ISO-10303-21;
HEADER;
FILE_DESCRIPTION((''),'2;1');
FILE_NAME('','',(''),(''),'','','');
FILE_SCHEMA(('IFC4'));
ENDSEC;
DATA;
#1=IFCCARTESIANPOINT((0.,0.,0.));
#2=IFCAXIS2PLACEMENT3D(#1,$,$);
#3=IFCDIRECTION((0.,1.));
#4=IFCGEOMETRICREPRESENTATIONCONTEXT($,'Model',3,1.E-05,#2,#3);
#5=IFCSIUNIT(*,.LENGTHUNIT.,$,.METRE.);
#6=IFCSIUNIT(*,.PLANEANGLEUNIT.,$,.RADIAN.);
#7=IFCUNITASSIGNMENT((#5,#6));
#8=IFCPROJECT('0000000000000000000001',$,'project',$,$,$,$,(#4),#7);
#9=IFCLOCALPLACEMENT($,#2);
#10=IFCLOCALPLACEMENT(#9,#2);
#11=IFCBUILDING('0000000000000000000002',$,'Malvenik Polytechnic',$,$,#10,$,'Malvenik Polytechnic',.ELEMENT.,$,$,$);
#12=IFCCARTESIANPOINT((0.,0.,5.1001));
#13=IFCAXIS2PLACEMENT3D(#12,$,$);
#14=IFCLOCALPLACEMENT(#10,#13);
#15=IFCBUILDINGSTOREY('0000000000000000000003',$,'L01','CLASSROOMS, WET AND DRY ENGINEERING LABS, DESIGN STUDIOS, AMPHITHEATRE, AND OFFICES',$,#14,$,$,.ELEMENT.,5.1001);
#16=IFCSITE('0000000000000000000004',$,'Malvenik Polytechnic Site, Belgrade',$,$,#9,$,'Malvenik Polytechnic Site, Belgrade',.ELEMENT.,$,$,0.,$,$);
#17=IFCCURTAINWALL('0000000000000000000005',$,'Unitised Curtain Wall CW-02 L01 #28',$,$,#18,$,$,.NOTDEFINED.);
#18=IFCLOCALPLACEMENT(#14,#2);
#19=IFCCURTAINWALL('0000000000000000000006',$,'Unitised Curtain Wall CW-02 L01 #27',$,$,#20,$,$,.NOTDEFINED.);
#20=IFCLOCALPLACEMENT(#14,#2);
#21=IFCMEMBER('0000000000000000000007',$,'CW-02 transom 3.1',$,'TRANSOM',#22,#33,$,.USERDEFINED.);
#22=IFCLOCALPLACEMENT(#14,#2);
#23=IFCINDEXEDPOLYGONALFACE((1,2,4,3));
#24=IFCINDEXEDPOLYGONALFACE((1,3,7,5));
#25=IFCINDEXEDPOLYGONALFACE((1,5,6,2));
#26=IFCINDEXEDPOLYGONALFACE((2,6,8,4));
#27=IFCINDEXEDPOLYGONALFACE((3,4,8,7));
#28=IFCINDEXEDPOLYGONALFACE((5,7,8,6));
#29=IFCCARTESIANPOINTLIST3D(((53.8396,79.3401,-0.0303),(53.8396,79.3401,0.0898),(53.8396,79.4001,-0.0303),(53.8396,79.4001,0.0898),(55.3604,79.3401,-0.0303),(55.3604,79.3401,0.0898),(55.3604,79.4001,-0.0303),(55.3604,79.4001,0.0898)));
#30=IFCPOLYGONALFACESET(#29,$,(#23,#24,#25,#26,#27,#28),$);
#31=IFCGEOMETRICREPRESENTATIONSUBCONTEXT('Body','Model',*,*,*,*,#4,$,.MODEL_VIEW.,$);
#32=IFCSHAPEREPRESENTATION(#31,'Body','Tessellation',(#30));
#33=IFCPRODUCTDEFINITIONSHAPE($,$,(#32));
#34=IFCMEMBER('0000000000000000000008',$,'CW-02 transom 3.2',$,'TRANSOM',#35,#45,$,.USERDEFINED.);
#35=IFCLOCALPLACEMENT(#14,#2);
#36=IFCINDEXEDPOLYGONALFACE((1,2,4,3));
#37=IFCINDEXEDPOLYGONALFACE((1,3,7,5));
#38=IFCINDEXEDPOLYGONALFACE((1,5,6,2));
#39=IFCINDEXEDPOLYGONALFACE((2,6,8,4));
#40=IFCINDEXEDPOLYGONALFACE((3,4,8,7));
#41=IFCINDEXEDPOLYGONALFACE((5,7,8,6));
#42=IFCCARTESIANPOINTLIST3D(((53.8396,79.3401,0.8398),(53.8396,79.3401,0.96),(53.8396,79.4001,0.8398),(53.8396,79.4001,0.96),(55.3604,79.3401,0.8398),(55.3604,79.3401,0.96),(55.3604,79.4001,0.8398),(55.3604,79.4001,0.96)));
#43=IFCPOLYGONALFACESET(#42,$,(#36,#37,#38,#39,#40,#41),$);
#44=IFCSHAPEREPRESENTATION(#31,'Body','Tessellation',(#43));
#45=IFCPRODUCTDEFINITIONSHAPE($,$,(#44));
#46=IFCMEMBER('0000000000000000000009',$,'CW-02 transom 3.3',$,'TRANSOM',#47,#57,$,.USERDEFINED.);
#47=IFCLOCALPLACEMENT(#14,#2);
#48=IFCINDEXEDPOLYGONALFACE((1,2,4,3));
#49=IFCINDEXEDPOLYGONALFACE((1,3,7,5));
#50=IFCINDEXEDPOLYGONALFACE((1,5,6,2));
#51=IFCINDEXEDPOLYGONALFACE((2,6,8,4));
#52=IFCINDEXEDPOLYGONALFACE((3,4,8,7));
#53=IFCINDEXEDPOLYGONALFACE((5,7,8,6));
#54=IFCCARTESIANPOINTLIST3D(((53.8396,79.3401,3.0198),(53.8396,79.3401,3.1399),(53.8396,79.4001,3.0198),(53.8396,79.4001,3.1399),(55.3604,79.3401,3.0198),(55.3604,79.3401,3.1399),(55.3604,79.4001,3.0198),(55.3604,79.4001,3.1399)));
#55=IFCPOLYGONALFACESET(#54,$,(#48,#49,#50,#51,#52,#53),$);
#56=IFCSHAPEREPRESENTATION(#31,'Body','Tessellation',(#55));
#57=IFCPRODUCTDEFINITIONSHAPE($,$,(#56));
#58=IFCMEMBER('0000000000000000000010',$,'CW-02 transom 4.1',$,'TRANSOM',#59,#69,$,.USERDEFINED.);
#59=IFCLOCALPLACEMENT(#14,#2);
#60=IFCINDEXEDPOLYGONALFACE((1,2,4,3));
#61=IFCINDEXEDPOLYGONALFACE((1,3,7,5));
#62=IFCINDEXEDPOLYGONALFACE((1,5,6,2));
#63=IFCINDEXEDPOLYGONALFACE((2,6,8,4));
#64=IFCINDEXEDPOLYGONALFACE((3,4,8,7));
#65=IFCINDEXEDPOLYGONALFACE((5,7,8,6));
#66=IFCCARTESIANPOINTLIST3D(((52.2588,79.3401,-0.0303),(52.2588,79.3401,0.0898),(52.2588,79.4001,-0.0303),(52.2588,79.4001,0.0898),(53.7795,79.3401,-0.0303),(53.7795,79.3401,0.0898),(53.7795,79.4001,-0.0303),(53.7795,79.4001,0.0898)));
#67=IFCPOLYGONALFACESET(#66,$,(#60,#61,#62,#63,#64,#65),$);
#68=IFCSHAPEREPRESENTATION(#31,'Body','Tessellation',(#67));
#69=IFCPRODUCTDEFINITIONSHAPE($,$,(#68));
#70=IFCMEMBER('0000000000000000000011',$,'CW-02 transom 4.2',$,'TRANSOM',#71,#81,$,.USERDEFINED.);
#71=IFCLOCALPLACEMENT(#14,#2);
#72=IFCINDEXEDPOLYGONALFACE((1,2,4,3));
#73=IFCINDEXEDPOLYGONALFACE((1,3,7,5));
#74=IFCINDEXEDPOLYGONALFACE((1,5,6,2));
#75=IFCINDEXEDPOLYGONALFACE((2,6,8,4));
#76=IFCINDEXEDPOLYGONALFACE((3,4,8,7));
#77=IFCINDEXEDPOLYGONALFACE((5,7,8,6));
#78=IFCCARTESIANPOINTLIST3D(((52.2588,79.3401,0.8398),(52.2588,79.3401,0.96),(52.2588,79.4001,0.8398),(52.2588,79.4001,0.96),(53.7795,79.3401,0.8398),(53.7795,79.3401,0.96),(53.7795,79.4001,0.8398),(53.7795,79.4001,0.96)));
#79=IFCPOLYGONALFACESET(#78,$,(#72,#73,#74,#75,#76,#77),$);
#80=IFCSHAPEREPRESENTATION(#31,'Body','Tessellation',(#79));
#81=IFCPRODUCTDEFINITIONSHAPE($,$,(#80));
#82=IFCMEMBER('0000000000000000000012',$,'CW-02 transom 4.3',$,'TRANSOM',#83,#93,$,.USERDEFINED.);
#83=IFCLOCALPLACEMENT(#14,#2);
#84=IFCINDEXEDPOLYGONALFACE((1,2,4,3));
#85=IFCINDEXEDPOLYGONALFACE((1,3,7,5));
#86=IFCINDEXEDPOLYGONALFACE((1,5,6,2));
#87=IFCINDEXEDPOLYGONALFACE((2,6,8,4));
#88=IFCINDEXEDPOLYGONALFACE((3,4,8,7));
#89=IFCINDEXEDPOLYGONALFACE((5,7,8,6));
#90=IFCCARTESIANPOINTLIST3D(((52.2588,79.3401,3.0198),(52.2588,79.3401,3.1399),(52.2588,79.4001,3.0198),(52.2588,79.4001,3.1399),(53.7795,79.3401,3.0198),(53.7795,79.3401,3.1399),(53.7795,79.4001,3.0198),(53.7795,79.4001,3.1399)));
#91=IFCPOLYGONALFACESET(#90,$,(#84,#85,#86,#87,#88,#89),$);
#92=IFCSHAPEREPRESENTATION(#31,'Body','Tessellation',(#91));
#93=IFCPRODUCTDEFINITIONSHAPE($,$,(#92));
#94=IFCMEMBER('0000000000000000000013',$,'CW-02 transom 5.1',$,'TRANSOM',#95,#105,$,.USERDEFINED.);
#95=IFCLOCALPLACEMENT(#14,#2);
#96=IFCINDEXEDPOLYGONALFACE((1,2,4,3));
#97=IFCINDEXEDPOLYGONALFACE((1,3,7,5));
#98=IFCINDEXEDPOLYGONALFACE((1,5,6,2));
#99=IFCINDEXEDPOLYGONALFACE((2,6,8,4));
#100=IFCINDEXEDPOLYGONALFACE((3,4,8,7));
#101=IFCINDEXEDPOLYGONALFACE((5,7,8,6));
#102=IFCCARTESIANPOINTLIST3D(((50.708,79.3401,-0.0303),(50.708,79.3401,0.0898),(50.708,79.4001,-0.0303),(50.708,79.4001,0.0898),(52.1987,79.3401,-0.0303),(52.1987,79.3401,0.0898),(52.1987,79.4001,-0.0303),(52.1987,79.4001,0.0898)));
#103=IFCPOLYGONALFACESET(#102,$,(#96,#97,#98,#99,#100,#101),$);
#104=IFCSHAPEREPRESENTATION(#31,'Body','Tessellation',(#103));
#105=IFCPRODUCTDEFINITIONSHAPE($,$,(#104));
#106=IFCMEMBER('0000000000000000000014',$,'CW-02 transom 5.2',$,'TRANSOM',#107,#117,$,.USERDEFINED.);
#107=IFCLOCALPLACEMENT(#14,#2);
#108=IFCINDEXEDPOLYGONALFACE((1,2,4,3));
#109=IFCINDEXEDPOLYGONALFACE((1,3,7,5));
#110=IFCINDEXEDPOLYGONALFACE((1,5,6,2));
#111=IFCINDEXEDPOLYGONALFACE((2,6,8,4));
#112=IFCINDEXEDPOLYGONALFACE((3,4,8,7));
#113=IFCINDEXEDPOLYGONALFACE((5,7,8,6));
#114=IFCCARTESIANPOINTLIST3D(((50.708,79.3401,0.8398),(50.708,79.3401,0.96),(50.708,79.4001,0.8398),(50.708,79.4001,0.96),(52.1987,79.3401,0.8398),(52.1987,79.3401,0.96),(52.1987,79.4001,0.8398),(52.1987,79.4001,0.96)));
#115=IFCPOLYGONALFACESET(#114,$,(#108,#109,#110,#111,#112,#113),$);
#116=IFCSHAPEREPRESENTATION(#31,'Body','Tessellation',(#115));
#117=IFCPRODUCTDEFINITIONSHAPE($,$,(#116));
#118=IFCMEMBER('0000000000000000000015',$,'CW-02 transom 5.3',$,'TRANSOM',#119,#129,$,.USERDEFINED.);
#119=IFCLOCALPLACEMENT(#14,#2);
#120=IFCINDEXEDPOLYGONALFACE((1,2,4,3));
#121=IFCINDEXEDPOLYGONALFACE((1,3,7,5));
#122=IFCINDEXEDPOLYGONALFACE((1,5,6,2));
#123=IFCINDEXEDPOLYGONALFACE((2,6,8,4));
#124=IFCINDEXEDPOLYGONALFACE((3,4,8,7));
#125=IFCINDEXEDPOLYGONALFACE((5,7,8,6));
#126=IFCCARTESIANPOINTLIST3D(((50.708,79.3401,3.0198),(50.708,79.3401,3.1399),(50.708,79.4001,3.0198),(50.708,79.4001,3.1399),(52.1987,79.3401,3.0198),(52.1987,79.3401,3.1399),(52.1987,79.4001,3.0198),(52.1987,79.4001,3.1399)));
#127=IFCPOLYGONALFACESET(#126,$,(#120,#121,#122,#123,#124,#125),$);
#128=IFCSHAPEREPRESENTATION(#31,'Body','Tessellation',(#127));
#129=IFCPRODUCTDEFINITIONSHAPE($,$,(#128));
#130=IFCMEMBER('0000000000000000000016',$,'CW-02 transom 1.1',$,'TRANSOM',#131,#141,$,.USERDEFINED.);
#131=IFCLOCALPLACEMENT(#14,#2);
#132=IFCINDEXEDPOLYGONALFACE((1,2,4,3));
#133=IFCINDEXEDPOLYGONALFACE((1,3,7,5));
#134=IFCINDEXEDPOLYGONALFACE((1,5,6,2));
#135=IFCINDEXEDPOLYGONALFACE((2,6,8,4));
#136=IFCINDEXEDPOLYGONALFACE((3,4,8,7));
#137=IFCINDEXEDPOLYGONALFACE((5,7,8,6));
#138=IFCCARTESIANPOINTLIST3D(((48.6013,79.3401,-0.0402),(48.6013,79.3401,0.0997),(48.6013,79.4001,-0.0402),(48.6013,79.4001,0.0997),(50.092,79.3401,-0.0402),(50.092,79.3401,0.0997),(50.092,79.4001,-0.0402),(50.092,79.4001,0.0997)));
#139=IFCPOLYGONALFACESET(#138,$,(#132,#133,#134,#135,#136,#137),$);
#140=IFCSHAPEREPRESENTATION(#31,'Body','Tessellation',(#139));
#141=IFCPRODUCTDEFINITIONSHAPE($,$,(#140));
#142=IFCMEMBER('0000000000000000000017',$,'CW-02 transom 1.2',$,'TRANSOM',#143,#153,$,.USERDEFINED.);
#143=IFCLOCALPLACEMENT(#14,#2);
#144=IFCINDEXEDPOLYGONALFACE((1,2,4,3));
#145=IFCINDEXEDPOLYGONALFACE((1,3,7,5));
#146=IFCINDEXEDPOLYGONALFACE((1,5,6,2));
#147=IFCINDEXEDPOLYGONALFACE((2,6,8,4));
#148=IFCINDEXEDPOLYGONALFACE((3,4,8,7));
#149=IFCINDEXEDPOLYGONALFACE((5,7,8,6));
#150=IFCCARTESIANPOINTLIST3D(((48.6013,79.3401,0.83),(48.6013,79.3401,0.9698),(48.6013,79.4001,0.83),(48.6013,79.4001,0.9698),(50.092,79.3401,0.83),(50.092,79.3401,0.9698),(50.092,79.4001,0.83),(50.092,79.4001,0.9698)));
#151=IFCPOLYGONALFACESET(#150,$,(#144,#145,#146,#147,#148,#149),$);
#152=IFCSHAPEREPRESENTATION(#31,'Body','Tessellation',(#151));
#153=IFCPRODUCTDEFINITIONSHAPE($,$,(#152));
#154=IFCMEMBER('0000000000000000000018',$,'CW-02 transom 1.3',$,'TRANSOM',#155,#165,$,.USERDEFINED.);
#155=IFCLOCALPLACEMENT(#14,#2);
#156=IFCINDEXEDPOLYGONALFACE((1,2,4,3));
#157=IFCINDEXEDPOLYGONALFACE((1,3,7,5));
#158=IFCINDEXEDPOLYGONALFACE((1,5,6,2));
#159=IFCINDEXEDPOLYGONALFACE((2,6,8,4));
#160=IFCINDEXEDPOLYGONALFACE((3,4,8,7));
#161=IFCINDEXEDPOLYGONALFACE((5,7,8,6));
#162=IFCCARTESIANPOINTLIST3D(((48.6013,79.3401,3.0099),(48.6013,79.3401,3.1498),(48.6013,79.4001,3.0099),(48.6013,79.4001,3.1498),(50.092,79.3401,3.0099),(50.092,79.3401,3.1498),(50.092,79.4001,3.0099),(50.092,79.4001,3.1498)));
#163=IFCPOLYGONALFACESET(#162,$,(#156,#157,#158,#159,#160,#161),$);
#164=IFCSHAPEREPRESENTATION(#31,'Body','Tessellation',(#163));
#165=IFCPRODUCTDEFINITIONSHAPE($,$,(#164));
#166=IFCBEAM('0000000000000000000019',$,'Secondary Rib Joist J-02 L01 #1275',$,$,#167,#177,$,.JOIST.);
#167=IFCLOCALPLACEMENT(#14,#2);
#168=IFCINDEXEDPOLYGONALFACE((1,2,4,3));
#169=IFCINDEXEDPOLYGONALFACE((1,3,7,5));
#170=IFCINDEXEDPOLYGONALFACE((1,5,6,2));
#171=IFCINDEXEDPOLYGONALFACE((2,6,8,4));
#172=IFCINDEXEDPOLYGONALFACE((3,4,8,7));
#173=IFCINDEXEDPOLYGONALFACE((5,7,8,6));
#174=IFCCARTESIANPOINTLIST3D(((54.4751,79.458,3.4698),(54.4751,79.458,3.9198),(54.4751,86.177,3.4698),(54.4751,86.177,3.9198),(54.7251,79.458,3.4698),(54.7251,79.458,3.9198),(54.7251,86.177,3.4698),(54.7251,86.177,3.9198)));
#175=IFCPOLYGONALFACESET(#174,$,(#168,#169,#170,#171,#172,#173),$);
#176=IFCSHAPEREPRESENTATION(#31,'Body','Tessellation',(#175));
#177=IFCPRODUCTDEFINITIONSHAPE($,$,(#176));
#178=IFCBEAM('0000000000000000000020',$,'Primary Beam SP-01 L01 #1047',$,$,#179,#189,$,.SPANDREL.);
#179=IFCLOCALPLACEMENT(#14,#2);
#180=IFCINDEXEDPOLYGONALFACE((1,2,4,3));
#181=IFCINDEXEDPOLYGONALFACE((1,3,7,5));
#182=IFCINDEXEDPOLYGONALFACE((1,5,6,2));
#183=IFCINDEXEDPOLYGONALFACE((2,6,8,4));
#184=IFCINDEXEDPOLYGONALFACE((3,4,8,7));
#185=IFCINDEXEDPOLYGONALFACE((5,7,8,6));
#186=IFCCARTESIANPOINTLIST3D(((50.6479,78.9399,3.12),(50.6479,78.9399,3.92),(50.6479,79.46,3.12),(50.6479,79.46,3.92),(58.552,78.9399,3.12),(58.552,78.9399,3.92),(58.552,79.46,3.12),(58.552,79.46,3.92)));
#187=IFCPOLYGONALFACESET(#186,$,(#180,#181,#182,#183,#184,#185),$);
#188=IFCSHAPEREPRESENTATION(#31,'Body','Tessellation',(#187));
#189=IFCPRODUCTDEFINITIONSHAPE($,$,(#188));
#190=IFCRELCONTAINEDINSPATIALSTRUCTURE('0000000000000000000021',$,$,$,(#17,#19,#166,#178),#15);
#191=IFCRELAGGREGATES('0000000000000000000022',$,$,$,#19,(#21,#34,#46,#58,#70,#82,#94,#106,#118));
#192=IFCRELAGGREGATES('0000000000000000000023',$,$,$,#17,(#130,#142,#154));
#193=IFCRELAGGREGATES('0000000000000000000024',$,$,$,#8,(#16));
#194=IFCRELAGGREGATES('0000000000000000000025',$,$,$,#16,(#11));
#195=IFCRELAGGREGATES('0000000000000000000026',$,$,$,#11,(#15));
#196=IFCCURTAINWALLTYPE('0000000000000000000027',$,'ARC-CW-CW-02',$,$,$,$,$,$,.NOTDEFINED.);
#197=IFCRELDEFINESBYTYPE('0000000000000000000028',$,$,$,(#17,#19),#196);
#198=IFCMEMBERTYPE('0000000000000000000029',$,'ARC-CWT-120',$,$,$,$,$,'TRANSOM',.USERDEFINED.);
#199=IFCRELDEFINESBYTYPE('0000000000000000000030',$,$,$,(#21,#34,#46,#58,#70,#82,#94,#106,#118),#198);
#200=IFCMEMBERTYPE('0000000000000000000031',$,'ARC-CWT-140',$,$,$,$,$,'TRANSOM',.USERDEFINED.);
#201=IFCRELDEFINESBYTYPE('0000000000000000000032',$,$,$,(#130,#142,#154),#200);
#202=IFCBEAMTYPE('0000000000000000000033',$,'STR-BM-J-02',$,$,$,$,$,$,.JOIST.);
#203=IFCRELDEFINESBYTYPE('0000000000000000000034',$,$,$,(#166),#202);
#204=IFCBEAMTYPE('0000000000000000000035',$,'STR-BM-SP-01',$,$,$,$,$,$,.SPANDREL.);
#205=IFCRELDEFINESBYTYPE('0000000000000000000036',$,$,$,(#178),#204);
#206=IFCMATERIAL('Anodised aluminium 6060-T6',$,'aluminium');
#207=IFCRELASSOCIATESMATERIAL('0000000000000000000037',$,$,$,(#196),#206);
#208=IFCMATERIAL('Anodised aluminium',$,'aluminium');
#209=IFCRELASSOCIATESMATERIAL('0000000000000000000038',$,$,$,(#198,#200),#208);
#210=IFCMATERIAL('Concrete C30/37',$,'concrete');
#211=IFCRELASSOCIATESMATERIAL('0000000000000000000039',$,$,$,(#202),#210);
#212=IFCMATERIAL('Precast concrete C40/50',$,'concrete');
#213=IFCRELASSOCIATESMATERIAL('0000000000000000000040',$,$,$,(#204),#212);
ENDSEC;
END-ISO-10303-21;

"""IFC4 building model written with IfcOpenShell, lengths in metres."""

from ifc_helpers import new_model, si_unit, direction, frame, origin, origin_2d, place, context, subcontext, project, spatial, rectangle, extrude, material, material_profile, profile_set, type_object, element, aggregate, save


model = new_model("IFC4")

# Units and contexts
model_context = context("Model", 3, precision=1e-05, world=origin(), true_north=direction((0.0, 1.0)))
body_context = subcontext(model_context, "Body", "Model", "MODEL_VIEW")
ifc_project = project(units=[si_unit("LENGTHUNIT", "METRE"), si_unit("PLANEANGLEUNIT", "RADIAN")], contexts=[model_context])

# Site, building, storey
site_placement = place(None, origin())
site = spatial("IfcSite", under=ifc_project, at=site_placement, Name="Malvenik Polytechnic Site, Belgrade", LongName="Malvenik Polytechnic Site, Belgrade", CompositionType="ELEMENT", RefElevation=0.0)
building_placement = place(site_placement, origin())
building = spatial("IfcBuilding", under=site, at=building_placement, Name="Malvenik Polytechnic", LongName="Malvenik Polytechnic", CompositionType="ELEMENT")
storey_placement = place(building_placement, frame((0.0, 0.0, 5.1001)))
storey = spatial("IfcBuildingStorey", under=building, at=storey_placement, Name="L01", Description="CLASSROOMS, WET AND DRY ENGINEERING LABS, DESIGN STUDIOS, AMPHITHEATRE, AND OFFICES", CompositionType="ELEMENT", Elevation=5.1001)

# Curtain wall
ifc_material_1 = material(Name="Anodised aluminium 6060-T6", Category="aluminium")
curtain_wall_type = type_object("IfcCurtainWallType", Name="ARC-CW-CW-02", PredefinedType="NOTDEFINED", material=ifc_material_1)
curtain_wall_1_placement = place(storey_placement, origin())
curtain_wall_1 = element("IfcCurtainWall", 1, at=curtain_wall_1_placement, inside=storey, type_object=curtain_wall_type, Name="Unitised Curtain Wall CW-02 L01 #28", PredefinedType="NOTDEFINED")
ifc_material_2 = material(Name="Anodised aluminium", Category="aluminium")

# Curtain wall, members
curtain_wall_2_placement = place(storey_placement, origin())
curtain_wall_2 = element("IfcCurtainWall", 2, at=curtain_wall_2_placement, inside=storey, type_object=curtain_wall_type, Name="Unitised Curtain Wall CW-02 L01 #27", PredefinedType="NOTDEFINED")
ifc_material_profile_1 = material_profile(ifc_material_2, rectangle(XDim=0.0601, YDim=0.1201, at=origin_2d()), Name="ALU TRANSOM 60x120")
ifc_profile_set_1 = profile_set([ifc_material_profile_1], Name="Anodised aluminium")
member_type_1 = type_object("IfcMemberType", Name="ARC-CWT-120", ElementType="TRANSOM", PredefinedType="USERDEFINED", material=ifc_profile_set_1)
member_1_placement = place(storey_placement, frame((55.3604, 79.3701, 0.0298), z_axis=(-1.0, 0.0, 0.0), x_axis=(0.0, -1.0, 0.0)))
member_1 = element("IfcMember", 3, at=member_1_placement, type_object=member_type_1, Name="CW-02 transom 3.1", ObjectType="TRANSOM", PredefinedType="USERDEFINED", context=body_context, shape_type="SweptSolid", body=[
    extrude(rectangle(XDim=0.0601, YDim=0.1201, at=origin_2d()), origin(), (0.0, 0.0, 1.0), 1.5208),
])
member_2_placement = place(storey_placement, frame((55.3604, 79.3701, 0.8999), z_axis=(-1.0, 0.0, 0.0), x_axis=(0.0, -1.0, 0.0)))
member_2 = element("IfcMember", 4, at=member_2_placement, type_object=member_type_1, Name="CW-02 transom 3.2", ObjectType="TRANSOM", PredefinedType="USERDEFINED", context=body_context, shape_type="SweptSolid", body=[
    extrude(rectangle(XDim=0.0601, YDim=0.1201, at=origin_2d()), origin(), (0.0, 0.0, 1.0), 1.5208),
])
member_3_placement = place(storey_placement, frame((55.3604, 79.3701, 3.0798), z_axis=(-1.0, 0.0, 0.0), x_axis=(0.0, -1.0, 0.0)))
member_3 = element("IfcMember", 5, at=member_3_placement, type_object=member_type_1, Name="CW-02 transom 3.3", ObjectType="TRANSOM", PredefinedType="USERDEFINED", context=body_context, shape_type="SweptSolid", body=[
    extrude(rectangle(XDim=0.0601, YDim=0.1201, at=origin_2d()), origin(), (0.0, 0.0, 1.0), 1.5208),
])
member_4_placement = place(storey_placement, frame((53.7795, 79.3701, 0.0298), z_axis=(-1.0, 0.0, 0.0), x_axis=(0.0, -1.0, 0.0)))
member_4 = element("IfcMember", 6, at=member_4_placement, type_object=member_type_1, Name="CW-02 transom 4.1", ObjectType="TRANSOM", PredefinedType="USERDEFINED", context=body_context, shape_type="SweptSolid", body=[
    extrude(rectangle(XDim=0.0601, YDim=0.1201, at=origin_2d()), origin(), (0.0, 0.0, 1.0), 1.5208),
])
member_5_placement = place(storey_placement, frame((53.7795, 79.3701, 0.8999), z_axis=(-1.0, 0.0, 0.0), x_axis=(0.0, -1.0, 0.0)))
member_5 = element("IfcMember", 7, at=member_5_placement, type_object=member_type_1, Name="CW-02 transom 4.2", ObjectType="TRANSOM", PredefinedType="USERDEFINED", context=body_context, shape_type="SweptSolid", body=[
    extrude(rectangle(XDim=0.0601, YDim=0.1201, at=origin_2d()), origin(), (0.0, 0.0, 1.0), 1.5208),
])
member_6_placement = place(storey_placement, frame((53.7795, 79.3701, 3.0798), z_axis=(-1.0, 0.0, 0.0), x_axis=(0.0, -1.0, 0.0)))
member_6 = element("IfcMember", 8, at=member_6_placement, type_object=member_type_1, Name="CW-02 transom 4.3", ObjectType="TRANSOM", PredefinedType="USERDEFINED", context=body_context, shape_type="SweptSolid", body=[
    extrude(rectangle(XDim=0.0601, YDim=0.1201, at=origin_2d()), origin(), (0.0, 0.0, 1.0), 1.5208),
])
member_7_placement = place(storey_placement, frame((52.1987, 79.3701, 0.0298), z_axis=(-1.0, 0.0, 0.0), x_axis=(0.0, -1.0, 0.0)))
member_7 = element("IfcMember", 9, at=member_7_placement, type_object=member_type_1, Name="CW-02 transom 5.1", ObjectType="TRANSOM", PredefinedType="USERDEFINED", context=body_context, shape_type="SweptSolid", body=[
    extrude(rectangle(XDim=0.0601, YDim=0.1201, at=origin_2d()), origin(), (0.0, 0.0, 1.0), 1.4907),
])
member_8_placement = place(storey_placement, frame((52.1987, 79.3701, 0.8999), z_axis=(-1.0, 0.0, 0.0), x_axis=(0.0, -1.0, 0.0)))
member_8 = element("IfcMember", 10, at=member_8_placement, type_object=member_type_1, Name="CW-02 transom 5.2", ObjectType="TRANSOM", PredefinedType="USERDEFINED", context=body_context, shape_type="SweptSolid", body=[
    extrude(rectangle(XDim=0.0601, YDim=0.1201, at=origin_2d()), origin(), (0.0, 0.0, 1.0), 1.4907),
])
member_9_placement = place(storey_placement, frame((52.1987, 79.3701, 3.0798), z_axis=(-1.0, 0.0, 0.0), x_axis=(0.0, -1.0, 0.0)))
member_9 = element("IfcMember", 11, at=member_9_placement, type_object=member_type_1, Name="CW-02 transom 5.3", ObjectType="TRANSOM", PredefinedType="USERDEFINED", context=body_context, shape_type="SweptSolid", body=[
    extrude(rectangle(XDim=0.0601, YDim=0.1201, at=origin_2d()), origin(), (0.0, 0.0, 1.0), 1.4907),
])

# Members
ifc_material_profile_2 = material_profile(ifc_material_2, rectangle(XDim=0.0601, YDim=0.1399, at=origin_2d()), Name="ALU TRANSOM 60x140")
ifc_profile_set_2 = profile_set([ifc_material_profile_2], Name="Anodised aluminium")
member_type_2 = type_object("IfcMemberType", Name="ARC-CWT-140", ElementType="TRANSOM", PredefinedType="USERDEFINED", material=ifc_profile_set_2)
member_10_placement = place(storey_placement, frame((50.092, 79.3701, 0.0298), z_axis=(-1.0, 0.0, 0.0), x_axis=(0.0, -1.0, 0.0)))
member_10 = element("IfcMember", 12, at=member_10_placement, type_object=member_type_2, Name="CW-02 transom 1.1", ObjectType="TRANSOM", PredefinedType="USERDEFINED", context=body_context, shape_type="SweptSolid", body=[
    extrude(rectangle(XDim=0.0601, YDim=0.1399, at=origin_2d()), origin(), (0.0, 0.0, 1.0), 1.4907),
])
member_11_placement = place(storey_placement, frame((50.092, 79.3701, 0.8999), z_axis=(-1.0, 0.0, 0.0), x_axis=(0.0, -1.0, 0.0)))
member_11 = element("IfcMember", 13, at=member_11_placement, type_object=member_type_2, Name="CW-02 transom 1.2", ObjectType="TRANSOM", PredefinedType="USERDEFINED", context=body_context, shape_type="SweptSolid", body=[
    extrude(rectangle(XDim=0.0601, YDim=0.1399, at=origin_2d()), origin(), (0.0, 0.0, 1.0), 1.4907),
])
member_12_placement = place(storey_placement, frame((50.092, 79.3701, 3.0798), z_axis=(-1.0, 0.0, 0.0), x_axis=(0.0, -1.0, 0.0)))
member_12 = element("IfcMember", 14, at=member_12_placement, type_object=member_type_2, Name="CW-02 transom 1.3", ObjectType="TRANSOM", PredefinedType="USERDEFINED", context=body_context, shape_type="SweptSolid", body=[
    extrude(rectangle(XDim=0.0601, YDim=0.1399, at=origin_2d()), origin(), (0.0, 0.0, 1.0), 1.4907),
])

# Beams
ifc_material_3 = material(Name="Concrete C30/37", Category="concrete")
ifc_material_profile_3 = material_profile(ifc_material_3, rectangle(XDim=0.25, YDim=0.45, at=origin_2d()), Name="RC JST 250x450")
ifc_profile_set_3 = profile_set([ifc_material_profile_3], Name="Concrete C30/37")
beam_type_1 = type_object("IfcBeamType", Name="STR-BM-J-02", PredefinedType="JOIST", material=ifc_profile_set_3)
beam_1_placement = place(storey_placement, frame((54.6001, 79.458, 3.6948), z_axis=(0.0, 1.0, 0.0), x_axis=(-1.0, 0.0, 0.0)))
element("IfcBeam", 15, at=beam_1_placement, inside=storey, type_object=beam_type_1, Name="Secondary Rib Joist J-02 L01 #1275", PredefinedType="JOIST", context=body_context, shape_type="SweptSolid", body=[
    extrude(rectangle(XDim=0.25, YDim=0.45, at=origin_2d()), origin(), (0.0, 0.0, 1.0), 6.719),
])
ifc_material_4 = material(Name="Precast concrete C40/50", Category="concrete")
ifc_material_profile_4 = material_profile(ifc_material_4, rectangle(XDim=0.52, YDim=0.8, at=origin_2d()), Name="PC SPN 520x800")
ifc_profile_set_4 = profile_set([ifc_material_profile_4], Name="Precast concrete C40/50")
beam_type_2 = type_object("IfcBeamType", Name="STR-BM-SP-01", PredefinedType="SPANDREL", material=ifc_profile_set_4)
beam_2_placement = place(storey_placement, frame((50.6479, 79.2, 3.52), z_axis=(1.0, 0.0, 0.0), x_axis=(0.0, 1.0, 0.0)))
element("IfcBeam", 16, at=beam_2_placement, inside=storey, type_object=beam_type_2, Name="Primary Beam SP-01 L01 #1047", PredefinedType="SPANDREL", context=body_context, shape_type="SweptSolid", body=[
    extrude(rectangle(XDim=0.52, YDim=0.8, at=origin_2d()), origin(), (0.0, 0.0, 1.0), 7.9041),
])

aggregate(curtain_wall_2, [member_1, member_2, member_3, member_4, member_5, member_6, member_7, member_8, member_9])
aggregate(curtain_wall_1, [member_10, member_11, member_12])

save(model, "model.ifc")
